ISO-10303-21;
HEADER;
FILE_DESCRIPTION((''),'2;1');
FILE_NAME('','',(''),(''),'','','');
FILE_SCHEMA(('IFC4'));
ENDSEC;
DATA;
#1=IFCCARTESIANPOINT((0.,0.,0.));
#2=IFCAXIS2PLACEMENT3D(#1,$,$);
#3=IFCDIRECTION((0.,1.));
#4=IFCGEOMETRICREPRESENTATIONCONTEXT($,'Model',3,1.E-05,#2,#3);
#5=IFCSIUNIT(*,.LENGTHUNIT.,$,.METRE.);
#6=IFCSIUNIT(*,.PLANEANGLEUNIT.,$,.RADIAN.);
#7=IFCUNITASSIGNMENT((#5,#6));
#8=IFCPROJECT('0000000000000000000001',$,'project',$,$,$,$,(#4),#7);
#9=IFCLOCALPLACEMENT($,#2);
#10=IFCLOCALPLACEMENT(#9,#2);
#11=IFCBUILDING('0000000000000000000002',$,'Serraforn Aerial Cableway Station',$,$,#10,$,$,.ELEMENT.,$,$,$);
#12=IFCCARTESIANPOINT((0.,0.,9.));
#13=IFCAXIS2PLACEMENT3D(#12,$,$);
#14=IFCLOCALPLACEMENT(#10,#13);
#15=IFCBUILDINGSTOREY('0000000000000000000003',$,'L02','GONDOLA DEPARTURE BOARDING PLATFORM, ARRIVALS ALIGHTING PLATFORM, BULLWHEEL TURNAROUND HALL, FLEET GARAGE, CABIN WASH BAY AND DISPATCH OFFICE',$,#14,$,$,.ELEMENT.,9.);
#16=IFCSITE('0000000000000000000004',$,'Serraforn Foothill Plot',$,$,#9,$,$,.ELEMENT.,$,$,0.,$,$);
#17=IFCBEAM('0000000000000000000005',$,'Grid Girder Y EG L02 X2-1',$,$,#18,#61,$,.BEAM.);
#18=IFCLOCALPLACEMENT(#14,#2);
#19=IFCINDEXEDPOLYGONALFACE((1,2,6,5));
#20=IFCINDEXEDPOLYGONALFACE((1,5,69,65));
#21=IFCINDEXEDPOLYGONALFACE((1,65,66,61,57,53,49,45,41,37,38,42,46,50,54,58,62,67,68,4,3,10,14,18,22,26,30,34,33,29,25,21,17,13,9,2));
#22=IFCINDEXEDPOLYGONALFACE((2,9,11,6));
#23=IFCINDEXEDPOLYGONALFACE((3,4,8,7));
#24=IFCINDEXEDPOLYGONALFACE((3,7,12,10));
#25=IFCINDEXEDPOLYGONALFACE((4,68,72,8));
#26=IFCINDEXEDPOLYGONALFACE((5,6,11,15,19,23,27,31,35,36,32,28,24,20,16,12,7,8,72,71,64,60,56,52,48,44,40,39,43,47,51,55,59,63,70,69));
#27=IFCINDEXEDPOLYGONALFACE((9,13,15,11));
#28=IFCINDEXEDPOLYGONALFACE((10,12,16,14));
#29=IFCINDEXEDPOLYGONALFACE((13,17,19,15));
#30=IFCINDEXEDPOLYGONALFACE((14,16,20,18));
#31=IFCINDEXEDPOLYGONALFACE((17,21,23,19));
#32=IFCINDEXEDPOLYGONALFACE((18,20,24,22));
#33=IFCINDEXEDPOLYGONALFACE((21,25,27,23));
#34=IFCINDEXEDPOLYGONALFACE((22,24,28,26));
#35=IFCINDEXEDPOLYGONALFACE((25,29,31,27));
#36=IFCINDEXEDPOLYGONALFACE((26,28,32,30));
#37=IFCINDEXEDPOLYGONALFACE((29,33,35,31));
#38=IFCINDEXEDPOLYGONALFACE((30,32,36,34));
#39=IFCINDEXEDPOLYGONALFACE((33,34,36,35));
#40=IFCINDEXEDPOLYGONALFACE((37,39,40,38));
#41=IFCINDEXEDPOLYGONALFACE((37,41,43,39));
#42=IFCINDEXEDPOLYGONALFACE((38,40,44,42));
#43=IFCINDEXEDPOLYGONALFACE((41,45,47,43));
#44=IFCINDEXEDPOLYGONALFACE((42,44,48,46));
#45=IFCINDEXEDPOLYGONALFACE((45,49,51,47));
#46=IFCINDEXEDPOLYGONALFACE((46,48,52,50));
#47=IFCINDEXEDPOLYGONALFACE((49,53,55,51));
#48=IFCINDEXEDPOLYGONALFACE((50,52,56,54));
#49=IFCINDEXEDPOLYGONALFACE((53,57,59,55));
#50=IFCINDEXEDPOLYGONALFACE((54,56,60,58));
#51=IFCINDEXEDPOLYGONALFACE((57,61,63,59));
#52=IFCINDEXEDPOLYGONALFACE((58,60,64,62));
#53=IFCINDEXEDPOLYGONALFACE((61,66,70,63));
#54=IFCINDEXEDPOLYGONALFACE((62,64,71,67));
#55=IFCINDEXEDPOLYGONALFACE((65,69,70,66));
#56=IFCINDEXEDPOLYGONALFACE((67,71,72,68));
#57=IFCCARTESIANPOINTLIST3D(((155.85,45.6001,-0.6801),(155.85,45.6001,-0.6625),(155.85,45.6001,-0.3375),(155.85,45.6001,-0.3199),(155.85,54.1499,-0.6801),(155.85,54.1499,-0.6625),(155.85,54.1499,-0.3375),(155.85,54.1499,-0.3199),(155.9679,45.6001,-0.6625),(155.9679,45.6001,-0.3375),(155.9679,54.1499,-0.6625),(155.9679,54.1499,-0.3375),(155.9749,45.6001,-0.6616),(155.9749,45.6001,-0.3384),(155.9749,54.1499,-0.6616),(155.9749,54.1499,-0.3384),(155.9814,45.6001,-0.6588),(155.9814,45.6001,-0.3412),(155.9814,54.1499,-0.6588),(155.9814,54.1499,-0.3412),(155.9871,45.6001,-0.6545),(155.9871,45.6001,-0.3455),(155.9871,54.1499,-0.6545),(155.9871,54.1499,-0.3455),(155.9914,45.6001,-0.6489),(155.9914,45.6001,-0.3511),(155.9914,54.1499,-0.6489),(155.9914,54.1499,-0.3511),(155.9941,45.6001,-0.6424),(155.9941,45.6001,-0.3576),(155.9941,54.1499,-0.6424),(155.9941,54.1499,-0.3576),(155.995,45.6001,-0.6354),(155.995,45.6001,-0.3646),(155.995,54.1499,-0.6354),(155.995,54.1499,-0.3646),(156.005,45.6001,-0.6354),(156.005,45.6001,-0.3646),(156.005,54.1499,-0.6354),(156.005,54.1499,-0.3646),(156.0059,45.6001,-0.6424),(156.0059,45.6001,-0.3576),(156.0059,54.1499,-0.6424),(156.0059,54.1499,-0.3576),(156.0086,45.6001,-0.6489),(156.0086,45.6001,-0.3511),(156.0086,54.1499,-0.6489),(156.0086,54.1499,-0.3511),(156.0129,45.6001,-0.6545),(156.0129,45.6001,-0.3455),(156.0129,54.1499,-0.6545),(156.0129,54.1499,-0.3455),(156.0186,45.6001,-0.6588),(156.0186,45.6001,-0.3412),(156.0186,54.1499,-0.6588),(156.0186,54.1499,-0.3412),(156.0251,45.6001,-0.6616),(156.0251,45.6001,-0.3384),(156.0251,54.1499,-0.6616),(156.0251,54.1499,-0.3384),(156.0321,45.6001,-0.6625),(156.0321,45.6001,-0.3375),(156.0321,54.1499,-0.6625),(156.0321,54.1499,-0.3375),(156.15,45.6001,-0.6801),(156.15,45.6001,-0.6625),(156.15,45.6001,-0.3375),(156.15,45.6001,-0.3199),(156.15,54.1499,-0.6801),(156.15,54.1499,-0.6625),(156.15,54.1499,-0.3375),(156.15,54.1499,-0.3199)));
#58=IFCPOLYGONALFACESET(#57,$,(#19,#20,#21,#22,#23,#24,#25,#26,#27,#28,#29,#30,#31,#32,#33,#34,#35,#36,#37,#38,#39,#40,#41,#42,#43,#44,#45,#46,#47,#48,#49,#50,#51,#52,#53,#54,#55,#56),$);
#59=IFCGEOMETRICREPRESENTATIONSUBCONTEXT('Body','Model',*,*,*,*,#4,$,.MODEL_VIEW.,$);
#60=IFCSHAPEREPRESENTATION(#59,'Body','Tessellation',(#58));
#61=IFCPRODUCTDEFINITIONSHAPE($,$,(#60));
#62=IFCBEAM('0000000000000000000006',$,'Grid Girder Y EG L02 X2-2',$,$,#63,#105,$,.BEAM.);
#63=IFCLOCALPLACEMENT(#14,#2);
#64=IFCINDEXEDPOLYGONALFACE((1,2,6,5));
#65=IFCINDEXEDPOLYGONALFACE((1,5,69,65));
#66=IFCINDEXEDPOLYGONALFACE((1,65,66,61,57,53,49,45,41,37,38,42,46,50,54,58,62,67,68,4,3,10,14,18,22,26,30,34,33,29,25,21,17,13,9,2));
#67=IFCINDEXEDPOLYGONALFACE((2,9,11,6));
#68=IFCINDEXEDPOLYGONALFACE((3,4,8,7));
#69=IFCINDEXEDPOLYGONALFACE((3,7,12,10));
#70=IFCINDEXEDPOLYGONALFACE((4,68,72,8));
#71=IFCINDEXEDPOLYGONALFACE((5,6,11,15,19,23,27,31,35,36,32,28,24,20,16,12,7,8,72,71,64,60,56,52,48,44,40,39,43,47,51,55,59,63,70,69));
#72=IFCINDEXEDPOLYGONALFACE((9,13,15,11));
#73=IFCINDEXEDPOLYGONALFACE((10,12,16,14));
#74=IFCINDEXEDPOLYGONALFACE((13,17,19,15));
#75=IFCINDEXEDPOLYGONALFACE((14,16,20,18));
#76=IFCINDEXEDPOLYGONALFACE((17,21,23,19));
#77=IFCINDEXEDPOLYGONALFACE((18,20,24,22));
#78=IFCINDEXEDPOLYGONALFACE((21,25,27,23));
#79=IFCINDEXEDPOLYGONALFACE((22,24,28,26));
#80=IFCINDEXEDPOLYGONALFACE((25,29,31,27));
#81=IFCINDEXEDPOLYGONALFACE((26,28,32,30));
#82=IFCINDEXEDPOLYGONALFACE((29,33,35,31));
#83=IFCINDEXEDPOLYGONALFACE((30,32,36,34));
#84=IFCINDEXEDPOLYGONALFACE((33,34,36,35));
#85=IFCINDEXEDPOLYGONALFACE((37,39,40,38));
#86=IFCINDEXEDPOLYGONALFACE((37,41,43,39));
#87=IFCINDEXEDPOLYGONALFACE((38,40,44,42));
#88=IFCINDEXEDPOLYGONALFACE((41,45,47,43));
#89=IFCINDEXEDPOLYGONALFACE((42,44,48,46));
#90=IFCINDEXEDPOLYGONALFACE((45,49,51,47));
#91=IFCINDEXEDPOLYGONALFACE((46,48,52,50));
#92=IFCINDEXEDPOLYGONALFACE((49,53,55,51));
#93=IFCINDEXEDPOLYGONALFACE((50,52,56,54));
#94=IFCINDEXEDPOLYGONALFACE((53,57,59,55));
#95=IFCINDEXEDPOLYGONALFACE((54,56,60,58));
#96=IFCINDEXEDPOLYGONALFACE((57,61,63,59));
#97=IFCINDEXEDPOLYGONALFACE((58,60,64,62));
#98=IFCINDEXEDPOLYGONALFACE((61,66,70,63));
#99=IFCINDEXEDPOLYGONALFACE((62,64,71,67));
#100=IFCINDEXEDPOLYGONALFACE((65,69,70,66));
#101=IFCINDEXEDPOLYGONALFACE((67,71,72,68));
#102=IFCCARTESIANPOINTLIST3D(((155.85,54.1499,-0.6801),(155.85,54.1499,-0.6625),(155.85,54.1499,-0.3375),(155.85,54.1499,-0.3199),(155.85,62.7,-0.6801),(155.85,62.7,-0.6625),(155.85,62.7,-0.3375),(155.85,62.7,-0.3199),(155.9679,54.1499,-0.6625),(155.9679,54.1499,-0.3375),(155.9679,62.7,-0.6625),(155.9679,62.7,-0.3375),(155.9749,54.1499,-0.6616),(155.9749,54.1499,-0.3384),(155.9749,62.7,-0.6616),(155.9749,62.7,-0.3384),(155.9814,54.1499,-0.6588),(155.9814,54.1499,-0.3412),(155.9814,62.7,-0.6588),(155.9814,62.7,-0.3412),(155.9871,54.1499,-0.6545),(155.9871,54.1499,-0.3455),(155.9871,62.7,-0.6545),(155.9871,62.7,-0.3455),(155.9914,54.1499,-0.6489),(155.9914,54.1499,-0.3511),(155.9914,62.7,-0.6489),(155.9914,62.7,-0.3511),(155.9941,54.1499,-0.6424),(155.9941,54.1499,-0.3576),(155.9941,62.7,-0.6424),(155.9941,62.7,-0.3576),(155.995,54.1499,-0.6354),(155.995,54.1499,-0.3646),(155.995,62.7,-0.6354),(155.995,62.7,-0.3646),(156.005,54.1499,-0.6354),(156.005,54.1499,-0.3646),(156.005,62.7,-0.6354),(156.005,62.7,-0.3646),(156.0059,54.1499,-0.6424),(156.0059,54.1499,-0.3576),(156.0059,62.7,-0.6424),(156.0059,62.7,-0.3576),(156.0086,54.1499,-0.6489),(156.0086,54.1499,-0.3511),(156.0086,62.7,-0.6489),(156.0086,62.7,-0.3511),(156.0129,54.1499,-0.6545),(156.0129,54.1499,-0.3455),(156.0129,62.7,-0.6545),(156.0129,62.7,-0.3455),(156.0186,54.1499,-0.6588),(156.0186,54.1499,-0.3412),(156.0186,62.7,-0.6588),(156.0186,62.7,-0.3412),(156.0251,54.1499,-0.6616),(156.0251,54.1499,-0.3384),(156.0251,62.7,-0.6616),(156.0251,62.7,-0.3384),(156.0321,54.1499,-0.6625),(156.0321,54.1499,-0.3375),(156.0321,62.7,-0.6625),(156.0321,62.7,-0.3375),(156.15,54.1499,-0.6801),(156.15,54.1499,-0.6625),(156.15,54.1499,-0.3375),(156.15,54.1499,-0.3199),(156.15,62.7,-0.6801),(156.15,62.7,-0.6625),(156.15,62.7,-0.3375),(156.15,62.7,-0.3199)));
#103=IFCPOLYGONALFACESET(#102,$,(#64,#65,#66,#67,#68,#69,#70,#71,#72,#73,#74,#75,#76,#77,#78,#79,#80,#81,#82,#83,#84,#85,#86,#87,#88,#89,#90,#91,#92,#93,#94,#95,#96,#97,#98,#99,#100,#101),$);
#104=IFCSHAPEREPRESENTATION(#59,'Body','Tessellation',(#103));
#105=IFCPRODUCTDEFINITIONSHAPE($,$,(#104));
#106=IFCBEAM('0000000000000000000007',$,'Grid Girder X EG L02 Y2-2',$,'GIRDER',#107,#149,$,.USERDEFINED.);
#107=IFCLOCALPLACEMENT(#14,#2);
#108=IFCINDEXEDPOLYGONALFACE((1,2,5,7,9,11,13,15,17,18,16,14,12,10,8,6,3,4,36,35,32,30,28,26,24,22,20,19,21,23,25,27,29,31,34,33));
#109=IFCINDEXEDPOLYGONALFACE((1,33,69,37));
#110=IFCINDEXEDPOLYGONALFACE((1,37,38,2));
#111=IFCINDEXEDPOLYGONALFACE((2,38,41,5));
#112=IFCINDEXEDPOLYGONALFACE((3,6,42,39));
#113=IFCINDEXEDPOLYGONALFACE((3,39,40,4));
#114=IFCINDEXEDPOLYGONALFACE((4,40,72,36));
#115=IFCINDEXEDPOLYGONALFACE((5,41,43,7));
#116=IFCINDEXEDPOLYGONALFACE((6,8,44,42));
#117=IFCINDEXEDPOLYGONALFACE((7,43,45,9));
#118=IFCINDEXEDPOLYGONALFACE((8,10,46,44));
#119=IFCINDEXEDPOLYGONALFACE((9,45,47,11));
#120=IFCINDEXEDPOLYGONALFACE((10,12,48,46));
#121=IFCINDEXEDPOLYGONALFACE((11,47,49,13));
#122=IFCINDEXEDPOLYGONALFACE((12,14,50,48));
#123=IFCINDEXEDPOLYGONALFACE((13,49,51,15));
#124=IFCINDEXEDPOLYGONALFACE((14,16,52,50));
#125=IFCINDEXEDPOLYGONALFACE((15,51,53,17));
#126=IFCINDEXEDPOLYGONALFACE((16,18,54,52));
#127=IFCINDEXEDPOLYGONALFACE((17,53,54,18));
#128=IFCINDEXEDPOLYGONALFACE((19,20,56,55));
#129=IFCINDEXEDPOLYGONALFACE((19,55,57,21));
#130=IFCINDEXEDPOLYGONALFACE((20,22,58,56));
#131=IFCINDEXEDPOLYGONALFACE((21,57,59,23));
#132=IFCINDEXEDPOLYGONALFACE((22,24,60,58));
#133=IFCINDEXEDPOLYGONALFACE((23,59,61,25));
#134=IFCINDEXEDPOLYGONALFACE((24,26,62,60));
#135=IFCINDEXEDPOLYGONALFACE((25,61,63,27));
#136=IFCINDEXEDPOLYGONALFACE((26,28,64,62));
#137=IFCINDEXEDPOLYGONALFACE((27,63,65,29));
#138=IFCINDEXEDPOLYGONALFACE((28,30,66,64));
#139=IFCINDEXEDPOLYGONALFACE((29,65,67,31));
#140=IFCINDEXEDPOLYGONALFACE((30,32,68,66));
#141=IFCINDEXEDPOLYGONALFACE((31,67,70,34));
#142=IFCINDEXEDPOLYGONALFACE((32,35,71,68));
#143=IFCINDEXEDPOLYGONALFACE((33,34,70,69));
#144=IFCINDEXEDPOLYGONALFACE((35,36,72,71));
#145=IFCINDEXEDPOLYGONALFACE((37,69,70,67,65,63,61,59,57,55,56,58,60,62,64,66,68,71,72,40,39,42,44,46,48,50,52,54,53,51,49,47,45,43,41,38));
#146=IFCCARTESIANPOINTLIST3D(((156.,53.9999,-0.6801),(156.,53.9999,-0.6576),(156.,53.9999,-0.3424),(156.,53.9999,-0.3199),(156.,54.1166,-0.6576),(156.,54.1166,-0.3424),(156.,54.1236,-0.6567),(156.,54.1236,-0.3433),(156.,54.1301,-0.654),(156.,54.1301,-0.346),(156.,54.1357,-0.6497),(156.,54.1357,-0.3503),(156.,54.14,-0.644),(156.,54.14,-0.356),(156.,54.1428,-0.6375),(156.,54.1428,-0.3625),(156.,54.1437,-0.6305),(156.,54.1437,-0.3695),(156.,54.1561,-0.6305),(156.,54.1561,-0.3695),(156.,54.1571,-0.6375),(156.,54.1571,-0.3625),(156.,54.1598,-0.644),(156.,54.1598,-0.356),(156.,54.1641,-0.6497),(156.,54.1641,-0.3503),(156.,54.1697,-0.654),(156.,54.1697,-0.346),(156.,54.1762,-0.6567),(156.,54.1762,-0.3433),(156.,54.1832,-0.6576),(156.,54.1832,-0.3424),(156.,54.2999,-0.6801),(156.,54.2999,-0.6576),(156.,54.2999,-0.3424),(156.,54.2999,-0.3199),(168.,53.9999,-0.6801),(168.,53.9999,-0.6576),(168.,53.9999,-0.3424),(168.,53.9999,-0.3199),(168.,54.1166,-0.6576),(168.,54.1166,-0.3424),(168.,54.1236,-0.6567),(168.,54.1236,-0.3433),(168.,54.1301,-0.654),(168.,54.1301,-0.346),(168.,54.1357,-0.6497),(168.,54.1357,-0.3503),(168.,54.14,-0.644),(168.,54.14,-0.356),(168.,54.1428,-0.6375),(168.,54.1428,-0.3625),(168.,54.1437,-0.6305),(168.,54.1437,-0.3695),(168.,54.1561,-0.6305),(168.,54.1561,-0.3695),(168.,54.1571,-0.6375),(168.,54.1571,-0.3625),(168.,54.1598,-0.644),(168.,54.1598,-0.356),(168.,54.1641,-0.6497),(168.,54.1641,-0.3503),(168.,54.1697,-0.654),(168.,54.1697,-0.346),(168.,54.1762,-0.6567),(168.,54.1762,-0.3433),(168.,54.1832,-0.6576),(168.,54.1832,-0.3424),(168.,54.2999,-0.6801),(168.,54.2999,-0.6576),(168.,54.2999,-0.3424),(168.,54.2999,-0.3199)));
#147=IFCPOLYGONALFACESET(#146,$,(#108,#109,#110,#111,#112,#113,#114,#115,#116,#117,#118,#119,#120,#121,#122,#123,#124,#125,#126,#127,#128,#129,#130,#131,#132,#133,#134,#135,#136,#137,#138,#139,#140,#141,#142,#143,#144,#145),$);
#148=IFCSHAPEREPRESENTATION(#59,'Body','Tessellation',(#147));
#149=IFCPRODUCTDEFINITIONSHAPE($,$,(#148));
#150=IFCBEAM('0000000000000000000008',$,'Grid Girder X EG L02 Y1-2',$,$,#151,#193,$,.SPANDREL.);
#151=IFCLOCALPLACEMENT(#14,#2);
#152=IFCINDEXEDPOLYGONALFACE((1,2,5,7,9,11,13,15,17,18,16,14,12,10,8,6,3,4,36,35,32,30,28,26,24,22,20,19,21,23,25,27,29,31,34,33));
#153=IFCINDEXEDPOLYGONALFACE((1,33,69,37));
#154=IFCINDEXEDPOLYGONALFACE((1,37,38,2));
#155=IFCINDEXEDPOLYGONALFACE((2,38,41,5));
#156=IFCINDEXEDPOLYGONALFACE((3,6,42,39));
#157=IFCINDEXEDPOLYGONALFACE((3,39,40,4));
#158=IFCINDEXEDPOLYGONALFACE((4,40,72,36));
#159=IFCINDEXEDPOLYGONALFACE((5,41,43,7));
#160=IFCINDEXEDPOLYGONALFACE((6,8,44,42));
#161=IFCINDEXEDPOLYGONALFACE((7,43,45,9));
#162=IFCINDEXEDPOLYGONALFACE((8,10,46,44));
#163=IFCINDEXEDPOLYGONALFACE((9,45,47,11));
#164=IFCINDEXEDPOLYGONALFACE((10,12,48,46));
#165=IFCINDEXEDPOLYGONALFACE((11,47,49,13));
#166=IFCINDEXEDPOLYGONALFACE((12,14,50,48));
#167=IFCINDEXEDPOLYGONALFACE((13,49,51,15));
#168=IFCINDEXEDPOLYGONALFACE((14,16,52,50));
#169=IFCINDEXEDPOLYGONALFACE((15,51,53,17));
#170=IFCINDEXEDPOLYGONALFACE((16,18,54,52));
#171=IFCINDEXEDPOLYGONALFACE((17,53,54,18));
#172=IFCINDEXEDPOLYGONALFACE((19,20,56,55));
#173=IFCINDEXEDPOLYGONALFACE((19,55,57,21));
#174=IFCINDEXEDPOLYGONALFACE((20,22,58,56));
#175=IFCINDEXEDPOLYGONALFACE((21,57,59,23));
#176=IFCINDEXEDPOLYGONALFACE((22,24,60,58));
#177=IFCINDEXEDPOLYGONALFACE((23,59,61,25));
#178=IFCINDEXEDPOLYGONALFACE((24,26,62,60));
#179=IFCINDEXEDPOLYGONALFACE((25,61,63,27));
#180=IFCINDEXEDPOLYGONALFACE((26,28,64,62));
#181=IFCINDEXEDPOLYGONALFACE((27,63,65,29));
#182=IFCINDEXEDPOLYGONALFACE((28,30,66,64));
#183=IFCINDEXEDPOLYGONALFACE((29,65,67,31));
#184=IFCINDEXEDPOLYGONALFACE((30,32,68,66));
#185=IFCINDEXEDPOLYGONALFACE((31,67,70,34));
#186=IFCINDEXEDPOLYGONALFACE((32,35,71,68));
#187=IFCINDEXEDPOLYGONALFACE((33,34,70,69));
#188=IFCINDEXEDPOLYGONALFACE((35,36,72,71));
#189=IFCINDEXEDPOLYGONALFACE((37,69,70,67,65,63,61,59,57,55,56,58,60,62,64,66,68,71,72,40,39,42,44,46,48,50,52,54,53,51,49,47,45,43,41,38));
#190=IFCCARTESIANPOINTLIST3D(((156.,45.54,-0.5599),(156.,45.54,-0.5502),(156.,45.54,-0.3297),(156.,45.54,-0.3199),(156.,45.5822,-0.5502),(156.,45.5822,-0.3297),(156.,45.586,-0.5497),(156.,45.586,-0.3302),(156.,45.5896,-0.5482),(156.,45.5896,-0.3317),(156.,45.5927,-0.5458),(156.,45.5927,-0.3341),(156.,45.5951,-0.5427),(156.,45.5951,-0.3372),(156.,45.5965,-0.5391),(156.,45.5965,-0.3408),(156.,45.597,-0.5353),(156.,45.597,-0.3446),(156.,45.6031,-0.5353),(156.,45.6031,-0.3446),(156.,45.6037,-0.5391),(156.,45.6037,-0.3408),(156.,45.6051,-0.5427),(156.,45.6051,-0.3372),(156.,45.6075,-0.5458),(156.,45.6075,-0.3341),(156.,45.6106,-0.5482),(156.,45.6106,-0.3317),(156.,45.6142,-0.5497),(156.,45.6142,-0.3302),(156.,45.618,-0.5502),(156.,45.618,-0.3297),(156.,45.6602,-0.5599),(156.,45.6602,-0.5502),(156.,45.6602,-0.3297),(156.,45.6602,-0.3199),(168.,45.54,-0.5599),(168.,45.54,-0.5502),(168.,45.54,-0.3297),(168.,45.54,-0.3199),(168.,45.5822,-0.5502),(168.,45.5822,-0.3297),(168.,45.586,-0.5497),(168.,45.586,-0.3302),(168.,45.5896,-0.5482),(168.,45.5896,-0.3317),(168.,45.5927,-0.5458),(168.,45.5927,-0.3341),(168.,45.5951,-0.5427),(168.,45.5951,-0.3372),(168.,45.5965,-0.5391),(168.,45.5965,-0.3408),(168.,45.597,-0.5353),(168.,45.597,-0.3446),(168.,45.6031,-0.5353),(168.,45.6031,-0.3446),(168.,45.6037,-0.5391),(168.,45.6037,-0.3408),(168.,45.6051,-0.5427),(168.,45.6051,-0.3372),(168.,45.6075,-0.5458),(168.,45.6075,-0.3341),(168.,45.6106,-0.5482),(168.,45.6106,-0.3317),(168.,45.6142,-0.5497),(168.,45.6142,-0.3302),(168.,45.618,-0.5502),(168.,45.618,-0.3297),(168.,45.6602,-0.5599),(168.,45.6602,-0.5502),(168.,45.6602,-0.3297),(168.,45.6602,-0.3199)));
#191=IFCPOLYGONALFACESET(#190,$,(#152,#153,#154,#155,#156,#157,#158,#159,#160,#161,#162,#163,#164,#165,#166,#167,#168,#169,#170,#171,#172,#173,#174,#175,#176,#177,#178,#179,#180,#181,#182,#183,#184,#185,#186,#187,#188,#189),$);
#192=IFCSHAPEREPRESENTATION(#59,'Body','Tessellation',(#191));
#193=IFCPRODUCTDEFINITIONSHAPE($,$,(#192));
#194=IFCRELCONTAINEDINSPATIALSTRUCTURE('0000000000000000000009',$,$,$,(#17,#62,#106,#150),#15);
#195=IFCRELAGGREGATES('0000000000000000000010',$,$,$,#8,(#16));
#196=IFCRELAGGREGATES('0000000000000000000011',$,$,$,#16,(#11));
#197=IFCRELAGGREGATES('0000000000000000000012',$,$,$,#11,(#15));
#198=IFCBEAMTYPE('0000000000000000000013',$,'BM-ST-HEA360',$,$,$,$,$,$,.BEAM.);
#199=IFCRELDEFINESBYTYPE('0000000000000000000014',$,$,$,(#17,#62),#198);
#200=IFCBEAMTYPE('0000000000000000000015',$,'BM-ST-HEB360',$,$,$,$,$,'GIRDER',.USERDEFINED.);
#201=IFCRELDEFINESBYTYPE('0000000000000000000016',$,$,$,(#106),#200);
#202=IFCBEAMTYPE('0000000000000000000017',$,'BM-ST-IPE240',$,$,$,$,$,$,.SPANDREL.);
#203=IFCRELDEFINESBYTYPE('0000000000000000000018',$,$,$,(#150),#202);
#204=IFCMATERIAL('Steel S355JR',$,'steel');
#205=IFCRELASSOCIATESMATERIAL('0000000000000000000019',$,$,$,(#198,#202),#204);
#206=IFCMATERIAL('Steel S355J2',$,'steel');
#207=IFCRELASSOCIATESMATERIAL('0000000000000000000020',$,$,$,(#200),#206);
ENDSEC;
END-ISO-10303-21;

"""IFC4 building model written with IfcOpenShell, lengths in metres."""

from ifc_helpers import new_model, si_unit, direction, frame, origin, origin_2d, place, context, subcontext, project, spatial, i_section, extrude, material, material_profile, profile_set, type_object, element, save


model = new_model("IFC4")

# Units and contexts
model_context = context("Model", 3, precision=1e-05, world=origin(), true_north=direction((0.0, 1.0)))
body_context = subcontext(model_context, "Body", "Model", "MODEL_VIEW")
ifc_project = project(units=[si_unit("LENGTHUNIT", "METRE"), si_unit("PLANEANGLEUNIT", "RADIAN")], contexts=[model_context])

# Site, building, storey
site_placement = place(None, origin())
site = spatial("IfcSite", under=ifc_project, at=site_placement, Name="Serraforn Foothill Plot", CompositionType="ELEMENT", RefElevation=0.0)
building_placement = place(site_placement, origin())
building = spatial("IfcBuilding", under=site, at=building_placement, Name="Serraforn Aerial Cableway Station", CompositionType="ELEMENT")
storey_placement = place(building_placement, frame((0.0, 0.0, 9.0)))
storey = spatial("IfcBuildingStorey", under=building, at=storey_placement, Name="L02", Description="GONDOLA DEPARTURE BOARDING PLATFORM, ARRIVALS ALIGHTING PLATFORM, BULLWHEEL TURNAROUND HALL, FLEET GARAGE, CABIN WASH BAY AND DISPATCH OFFICE", CompositionType="ELEMENT", Elevation=9.0)

# Beams
ifc_material_1 = material(Name="Steel S355JR", Category="steel")
ifc_material_profile_1 = material_profile(ifc_material_1, i_section(OverallWidth=0.3, OverallDepth=0.3601, WebThickness=0.01, FlangeThickness=0.0176, FilletRadius=0.0271, at=origin_2d()), Name="HEA 360")
ifc_profile_set_1 = profile_set([ifc_material_profile_1], Name="Steel S355JR")
beam_type_1 = type_object("IfcBeamType", Name="BM-ST-HEA360", PredefinedType="BEAM", material=ifc_profile_set_1)
beam_1_placement = place(storey_placement, frame((156.0, 45.6001, -0.5), z_axis=(0.0, 1.0, 0.0), x_axis=(-1.0, 0.0, 0.0)))
element("IfcBeam", 1, at=beam_1_placement, inside=storey, type_object=beam_type_1, Name="Grid Girder Y EG L02 X2-1", PredefinedType="BEAM", context=body_context, shape_type="SweptSolid", body=[
    extrude(i_section(OverallWidth=0.3, OverallDepth=0.3601, WebThickness=0.01, FlangeThickness=0.0176, FilletRadius=0.0271, at=origin_2d()), origin(), (0.0, 0.0, 1.0), 8.5498),
])
beam_2_placement = place(storey_placement, frame((156.0, 54.1499, -0.5), z_axis=(0.0, 1.0, 0.0), x_axis=(-1.0, 0.0, 0.0)))
element("IfcBeam", 2, at=beam_2_placement, inside=storey, type_object=beam_type_1, Name="Grid Girder Y EG L02 X2-2", PredefinedType="BEAM", context=body_context, shape_type="SweptSolid", body=[
    extrude(i_section(OverallWidth=0.3, OverallDepth=0.3601, WebThickness=0.01, FlangeThickness=0.0176, FilletRadius=0.0271, at=origin_2d()), origin(), (0.0, 0.0, 1.0), 8.55),
])
ifc_material_2 = material(Name="Steel S355J2", Category="steel")
ifc_material_profile_2 = material_profile(ifc_material_2, i_section(OverallWidth=0.3, OverallDepth=0.3601, WebThickness=0.0125, FlangeThickness=0.0225, FilletRadius=0.0271, at=origin_2d()), Name="HEB 360")
ifc_profile_set_2 = profile_set([ifc_material_profile_2], Name="Steel S355J2")
beam_type_2 = type_object("IfcBeamType", Name="BM-ST-HEB360", ElementType="GIRDER", PredefinedType="USERDEFINED", material=ifc_profile_set_2)
beam_3_placement = place(storey_placement, frame((156.0, 54.1499, -0.5), z_axis=(1.0, 0.0, 0.0), x_axis=(0.0, 1.0, 0.0)))
element("IfcBeam", 3, at=beam_3_placement, inside=storey, type_object=beam_type_2, Name="Grid Girder X EG L02 Y2-2", ObjectType="GIRDER", PredefinedType="USERDEFINED", context=body_context, shape_type="SweptSolid", body=[
    extrude(i_section(OverallWidth=0.3, OverallDepth=0.3601, WebThickness=0.0125, FlangeThickness=0.0225, FilletRadius=0.0271, at=origin_2d()), origin(), (0.0, 0.0, 1.0), 12.0),
])
ifc_material_profile_3 = material_profile(ifc_material_1, i_section(OverallWidth=0.1201, OverallDepth=0.24, WebThickness=0.0061, FlangeThickness=0.0098, FilletRadius=0.0149, at=origin_2d()), Name="IPE 240")
ifc_profile_set_3 = profile_set([ifc_material_profile_3], Name="Steel S355JR")
beam_type_3 = type_object("IfcBeamType", Name="BM-ST-IPE240", PredefinedType="SPANDREL", material=ifc_profile_set_3)
beam_4_placement = place(storey_placement, frame((156.0, 45.6001, -0.4399), z_axis=(1.0, 0.0, 0.0), x_axis=(0.0, 1.0, 0.0)))
element("IfcBeam", 4, at=beam_4_placement, inside=storey, type_object=beam_type_3, Name="Grid Girder X EG L02 Y1-2", PredefinedType="SPANDREL", context=body_context, shape_type="SweptSolid", body=[
    extrude(i_section(OverallWidth=0.1201, OverallDepth=0.24, WebThickness=0.0061, FlangeThickness=0.0098, FilletRadius=0.0149, at=origin_2d()), origin(), (0.0, 0.0, 1.0), 12.0),
])

save(model, "model.ifc")
